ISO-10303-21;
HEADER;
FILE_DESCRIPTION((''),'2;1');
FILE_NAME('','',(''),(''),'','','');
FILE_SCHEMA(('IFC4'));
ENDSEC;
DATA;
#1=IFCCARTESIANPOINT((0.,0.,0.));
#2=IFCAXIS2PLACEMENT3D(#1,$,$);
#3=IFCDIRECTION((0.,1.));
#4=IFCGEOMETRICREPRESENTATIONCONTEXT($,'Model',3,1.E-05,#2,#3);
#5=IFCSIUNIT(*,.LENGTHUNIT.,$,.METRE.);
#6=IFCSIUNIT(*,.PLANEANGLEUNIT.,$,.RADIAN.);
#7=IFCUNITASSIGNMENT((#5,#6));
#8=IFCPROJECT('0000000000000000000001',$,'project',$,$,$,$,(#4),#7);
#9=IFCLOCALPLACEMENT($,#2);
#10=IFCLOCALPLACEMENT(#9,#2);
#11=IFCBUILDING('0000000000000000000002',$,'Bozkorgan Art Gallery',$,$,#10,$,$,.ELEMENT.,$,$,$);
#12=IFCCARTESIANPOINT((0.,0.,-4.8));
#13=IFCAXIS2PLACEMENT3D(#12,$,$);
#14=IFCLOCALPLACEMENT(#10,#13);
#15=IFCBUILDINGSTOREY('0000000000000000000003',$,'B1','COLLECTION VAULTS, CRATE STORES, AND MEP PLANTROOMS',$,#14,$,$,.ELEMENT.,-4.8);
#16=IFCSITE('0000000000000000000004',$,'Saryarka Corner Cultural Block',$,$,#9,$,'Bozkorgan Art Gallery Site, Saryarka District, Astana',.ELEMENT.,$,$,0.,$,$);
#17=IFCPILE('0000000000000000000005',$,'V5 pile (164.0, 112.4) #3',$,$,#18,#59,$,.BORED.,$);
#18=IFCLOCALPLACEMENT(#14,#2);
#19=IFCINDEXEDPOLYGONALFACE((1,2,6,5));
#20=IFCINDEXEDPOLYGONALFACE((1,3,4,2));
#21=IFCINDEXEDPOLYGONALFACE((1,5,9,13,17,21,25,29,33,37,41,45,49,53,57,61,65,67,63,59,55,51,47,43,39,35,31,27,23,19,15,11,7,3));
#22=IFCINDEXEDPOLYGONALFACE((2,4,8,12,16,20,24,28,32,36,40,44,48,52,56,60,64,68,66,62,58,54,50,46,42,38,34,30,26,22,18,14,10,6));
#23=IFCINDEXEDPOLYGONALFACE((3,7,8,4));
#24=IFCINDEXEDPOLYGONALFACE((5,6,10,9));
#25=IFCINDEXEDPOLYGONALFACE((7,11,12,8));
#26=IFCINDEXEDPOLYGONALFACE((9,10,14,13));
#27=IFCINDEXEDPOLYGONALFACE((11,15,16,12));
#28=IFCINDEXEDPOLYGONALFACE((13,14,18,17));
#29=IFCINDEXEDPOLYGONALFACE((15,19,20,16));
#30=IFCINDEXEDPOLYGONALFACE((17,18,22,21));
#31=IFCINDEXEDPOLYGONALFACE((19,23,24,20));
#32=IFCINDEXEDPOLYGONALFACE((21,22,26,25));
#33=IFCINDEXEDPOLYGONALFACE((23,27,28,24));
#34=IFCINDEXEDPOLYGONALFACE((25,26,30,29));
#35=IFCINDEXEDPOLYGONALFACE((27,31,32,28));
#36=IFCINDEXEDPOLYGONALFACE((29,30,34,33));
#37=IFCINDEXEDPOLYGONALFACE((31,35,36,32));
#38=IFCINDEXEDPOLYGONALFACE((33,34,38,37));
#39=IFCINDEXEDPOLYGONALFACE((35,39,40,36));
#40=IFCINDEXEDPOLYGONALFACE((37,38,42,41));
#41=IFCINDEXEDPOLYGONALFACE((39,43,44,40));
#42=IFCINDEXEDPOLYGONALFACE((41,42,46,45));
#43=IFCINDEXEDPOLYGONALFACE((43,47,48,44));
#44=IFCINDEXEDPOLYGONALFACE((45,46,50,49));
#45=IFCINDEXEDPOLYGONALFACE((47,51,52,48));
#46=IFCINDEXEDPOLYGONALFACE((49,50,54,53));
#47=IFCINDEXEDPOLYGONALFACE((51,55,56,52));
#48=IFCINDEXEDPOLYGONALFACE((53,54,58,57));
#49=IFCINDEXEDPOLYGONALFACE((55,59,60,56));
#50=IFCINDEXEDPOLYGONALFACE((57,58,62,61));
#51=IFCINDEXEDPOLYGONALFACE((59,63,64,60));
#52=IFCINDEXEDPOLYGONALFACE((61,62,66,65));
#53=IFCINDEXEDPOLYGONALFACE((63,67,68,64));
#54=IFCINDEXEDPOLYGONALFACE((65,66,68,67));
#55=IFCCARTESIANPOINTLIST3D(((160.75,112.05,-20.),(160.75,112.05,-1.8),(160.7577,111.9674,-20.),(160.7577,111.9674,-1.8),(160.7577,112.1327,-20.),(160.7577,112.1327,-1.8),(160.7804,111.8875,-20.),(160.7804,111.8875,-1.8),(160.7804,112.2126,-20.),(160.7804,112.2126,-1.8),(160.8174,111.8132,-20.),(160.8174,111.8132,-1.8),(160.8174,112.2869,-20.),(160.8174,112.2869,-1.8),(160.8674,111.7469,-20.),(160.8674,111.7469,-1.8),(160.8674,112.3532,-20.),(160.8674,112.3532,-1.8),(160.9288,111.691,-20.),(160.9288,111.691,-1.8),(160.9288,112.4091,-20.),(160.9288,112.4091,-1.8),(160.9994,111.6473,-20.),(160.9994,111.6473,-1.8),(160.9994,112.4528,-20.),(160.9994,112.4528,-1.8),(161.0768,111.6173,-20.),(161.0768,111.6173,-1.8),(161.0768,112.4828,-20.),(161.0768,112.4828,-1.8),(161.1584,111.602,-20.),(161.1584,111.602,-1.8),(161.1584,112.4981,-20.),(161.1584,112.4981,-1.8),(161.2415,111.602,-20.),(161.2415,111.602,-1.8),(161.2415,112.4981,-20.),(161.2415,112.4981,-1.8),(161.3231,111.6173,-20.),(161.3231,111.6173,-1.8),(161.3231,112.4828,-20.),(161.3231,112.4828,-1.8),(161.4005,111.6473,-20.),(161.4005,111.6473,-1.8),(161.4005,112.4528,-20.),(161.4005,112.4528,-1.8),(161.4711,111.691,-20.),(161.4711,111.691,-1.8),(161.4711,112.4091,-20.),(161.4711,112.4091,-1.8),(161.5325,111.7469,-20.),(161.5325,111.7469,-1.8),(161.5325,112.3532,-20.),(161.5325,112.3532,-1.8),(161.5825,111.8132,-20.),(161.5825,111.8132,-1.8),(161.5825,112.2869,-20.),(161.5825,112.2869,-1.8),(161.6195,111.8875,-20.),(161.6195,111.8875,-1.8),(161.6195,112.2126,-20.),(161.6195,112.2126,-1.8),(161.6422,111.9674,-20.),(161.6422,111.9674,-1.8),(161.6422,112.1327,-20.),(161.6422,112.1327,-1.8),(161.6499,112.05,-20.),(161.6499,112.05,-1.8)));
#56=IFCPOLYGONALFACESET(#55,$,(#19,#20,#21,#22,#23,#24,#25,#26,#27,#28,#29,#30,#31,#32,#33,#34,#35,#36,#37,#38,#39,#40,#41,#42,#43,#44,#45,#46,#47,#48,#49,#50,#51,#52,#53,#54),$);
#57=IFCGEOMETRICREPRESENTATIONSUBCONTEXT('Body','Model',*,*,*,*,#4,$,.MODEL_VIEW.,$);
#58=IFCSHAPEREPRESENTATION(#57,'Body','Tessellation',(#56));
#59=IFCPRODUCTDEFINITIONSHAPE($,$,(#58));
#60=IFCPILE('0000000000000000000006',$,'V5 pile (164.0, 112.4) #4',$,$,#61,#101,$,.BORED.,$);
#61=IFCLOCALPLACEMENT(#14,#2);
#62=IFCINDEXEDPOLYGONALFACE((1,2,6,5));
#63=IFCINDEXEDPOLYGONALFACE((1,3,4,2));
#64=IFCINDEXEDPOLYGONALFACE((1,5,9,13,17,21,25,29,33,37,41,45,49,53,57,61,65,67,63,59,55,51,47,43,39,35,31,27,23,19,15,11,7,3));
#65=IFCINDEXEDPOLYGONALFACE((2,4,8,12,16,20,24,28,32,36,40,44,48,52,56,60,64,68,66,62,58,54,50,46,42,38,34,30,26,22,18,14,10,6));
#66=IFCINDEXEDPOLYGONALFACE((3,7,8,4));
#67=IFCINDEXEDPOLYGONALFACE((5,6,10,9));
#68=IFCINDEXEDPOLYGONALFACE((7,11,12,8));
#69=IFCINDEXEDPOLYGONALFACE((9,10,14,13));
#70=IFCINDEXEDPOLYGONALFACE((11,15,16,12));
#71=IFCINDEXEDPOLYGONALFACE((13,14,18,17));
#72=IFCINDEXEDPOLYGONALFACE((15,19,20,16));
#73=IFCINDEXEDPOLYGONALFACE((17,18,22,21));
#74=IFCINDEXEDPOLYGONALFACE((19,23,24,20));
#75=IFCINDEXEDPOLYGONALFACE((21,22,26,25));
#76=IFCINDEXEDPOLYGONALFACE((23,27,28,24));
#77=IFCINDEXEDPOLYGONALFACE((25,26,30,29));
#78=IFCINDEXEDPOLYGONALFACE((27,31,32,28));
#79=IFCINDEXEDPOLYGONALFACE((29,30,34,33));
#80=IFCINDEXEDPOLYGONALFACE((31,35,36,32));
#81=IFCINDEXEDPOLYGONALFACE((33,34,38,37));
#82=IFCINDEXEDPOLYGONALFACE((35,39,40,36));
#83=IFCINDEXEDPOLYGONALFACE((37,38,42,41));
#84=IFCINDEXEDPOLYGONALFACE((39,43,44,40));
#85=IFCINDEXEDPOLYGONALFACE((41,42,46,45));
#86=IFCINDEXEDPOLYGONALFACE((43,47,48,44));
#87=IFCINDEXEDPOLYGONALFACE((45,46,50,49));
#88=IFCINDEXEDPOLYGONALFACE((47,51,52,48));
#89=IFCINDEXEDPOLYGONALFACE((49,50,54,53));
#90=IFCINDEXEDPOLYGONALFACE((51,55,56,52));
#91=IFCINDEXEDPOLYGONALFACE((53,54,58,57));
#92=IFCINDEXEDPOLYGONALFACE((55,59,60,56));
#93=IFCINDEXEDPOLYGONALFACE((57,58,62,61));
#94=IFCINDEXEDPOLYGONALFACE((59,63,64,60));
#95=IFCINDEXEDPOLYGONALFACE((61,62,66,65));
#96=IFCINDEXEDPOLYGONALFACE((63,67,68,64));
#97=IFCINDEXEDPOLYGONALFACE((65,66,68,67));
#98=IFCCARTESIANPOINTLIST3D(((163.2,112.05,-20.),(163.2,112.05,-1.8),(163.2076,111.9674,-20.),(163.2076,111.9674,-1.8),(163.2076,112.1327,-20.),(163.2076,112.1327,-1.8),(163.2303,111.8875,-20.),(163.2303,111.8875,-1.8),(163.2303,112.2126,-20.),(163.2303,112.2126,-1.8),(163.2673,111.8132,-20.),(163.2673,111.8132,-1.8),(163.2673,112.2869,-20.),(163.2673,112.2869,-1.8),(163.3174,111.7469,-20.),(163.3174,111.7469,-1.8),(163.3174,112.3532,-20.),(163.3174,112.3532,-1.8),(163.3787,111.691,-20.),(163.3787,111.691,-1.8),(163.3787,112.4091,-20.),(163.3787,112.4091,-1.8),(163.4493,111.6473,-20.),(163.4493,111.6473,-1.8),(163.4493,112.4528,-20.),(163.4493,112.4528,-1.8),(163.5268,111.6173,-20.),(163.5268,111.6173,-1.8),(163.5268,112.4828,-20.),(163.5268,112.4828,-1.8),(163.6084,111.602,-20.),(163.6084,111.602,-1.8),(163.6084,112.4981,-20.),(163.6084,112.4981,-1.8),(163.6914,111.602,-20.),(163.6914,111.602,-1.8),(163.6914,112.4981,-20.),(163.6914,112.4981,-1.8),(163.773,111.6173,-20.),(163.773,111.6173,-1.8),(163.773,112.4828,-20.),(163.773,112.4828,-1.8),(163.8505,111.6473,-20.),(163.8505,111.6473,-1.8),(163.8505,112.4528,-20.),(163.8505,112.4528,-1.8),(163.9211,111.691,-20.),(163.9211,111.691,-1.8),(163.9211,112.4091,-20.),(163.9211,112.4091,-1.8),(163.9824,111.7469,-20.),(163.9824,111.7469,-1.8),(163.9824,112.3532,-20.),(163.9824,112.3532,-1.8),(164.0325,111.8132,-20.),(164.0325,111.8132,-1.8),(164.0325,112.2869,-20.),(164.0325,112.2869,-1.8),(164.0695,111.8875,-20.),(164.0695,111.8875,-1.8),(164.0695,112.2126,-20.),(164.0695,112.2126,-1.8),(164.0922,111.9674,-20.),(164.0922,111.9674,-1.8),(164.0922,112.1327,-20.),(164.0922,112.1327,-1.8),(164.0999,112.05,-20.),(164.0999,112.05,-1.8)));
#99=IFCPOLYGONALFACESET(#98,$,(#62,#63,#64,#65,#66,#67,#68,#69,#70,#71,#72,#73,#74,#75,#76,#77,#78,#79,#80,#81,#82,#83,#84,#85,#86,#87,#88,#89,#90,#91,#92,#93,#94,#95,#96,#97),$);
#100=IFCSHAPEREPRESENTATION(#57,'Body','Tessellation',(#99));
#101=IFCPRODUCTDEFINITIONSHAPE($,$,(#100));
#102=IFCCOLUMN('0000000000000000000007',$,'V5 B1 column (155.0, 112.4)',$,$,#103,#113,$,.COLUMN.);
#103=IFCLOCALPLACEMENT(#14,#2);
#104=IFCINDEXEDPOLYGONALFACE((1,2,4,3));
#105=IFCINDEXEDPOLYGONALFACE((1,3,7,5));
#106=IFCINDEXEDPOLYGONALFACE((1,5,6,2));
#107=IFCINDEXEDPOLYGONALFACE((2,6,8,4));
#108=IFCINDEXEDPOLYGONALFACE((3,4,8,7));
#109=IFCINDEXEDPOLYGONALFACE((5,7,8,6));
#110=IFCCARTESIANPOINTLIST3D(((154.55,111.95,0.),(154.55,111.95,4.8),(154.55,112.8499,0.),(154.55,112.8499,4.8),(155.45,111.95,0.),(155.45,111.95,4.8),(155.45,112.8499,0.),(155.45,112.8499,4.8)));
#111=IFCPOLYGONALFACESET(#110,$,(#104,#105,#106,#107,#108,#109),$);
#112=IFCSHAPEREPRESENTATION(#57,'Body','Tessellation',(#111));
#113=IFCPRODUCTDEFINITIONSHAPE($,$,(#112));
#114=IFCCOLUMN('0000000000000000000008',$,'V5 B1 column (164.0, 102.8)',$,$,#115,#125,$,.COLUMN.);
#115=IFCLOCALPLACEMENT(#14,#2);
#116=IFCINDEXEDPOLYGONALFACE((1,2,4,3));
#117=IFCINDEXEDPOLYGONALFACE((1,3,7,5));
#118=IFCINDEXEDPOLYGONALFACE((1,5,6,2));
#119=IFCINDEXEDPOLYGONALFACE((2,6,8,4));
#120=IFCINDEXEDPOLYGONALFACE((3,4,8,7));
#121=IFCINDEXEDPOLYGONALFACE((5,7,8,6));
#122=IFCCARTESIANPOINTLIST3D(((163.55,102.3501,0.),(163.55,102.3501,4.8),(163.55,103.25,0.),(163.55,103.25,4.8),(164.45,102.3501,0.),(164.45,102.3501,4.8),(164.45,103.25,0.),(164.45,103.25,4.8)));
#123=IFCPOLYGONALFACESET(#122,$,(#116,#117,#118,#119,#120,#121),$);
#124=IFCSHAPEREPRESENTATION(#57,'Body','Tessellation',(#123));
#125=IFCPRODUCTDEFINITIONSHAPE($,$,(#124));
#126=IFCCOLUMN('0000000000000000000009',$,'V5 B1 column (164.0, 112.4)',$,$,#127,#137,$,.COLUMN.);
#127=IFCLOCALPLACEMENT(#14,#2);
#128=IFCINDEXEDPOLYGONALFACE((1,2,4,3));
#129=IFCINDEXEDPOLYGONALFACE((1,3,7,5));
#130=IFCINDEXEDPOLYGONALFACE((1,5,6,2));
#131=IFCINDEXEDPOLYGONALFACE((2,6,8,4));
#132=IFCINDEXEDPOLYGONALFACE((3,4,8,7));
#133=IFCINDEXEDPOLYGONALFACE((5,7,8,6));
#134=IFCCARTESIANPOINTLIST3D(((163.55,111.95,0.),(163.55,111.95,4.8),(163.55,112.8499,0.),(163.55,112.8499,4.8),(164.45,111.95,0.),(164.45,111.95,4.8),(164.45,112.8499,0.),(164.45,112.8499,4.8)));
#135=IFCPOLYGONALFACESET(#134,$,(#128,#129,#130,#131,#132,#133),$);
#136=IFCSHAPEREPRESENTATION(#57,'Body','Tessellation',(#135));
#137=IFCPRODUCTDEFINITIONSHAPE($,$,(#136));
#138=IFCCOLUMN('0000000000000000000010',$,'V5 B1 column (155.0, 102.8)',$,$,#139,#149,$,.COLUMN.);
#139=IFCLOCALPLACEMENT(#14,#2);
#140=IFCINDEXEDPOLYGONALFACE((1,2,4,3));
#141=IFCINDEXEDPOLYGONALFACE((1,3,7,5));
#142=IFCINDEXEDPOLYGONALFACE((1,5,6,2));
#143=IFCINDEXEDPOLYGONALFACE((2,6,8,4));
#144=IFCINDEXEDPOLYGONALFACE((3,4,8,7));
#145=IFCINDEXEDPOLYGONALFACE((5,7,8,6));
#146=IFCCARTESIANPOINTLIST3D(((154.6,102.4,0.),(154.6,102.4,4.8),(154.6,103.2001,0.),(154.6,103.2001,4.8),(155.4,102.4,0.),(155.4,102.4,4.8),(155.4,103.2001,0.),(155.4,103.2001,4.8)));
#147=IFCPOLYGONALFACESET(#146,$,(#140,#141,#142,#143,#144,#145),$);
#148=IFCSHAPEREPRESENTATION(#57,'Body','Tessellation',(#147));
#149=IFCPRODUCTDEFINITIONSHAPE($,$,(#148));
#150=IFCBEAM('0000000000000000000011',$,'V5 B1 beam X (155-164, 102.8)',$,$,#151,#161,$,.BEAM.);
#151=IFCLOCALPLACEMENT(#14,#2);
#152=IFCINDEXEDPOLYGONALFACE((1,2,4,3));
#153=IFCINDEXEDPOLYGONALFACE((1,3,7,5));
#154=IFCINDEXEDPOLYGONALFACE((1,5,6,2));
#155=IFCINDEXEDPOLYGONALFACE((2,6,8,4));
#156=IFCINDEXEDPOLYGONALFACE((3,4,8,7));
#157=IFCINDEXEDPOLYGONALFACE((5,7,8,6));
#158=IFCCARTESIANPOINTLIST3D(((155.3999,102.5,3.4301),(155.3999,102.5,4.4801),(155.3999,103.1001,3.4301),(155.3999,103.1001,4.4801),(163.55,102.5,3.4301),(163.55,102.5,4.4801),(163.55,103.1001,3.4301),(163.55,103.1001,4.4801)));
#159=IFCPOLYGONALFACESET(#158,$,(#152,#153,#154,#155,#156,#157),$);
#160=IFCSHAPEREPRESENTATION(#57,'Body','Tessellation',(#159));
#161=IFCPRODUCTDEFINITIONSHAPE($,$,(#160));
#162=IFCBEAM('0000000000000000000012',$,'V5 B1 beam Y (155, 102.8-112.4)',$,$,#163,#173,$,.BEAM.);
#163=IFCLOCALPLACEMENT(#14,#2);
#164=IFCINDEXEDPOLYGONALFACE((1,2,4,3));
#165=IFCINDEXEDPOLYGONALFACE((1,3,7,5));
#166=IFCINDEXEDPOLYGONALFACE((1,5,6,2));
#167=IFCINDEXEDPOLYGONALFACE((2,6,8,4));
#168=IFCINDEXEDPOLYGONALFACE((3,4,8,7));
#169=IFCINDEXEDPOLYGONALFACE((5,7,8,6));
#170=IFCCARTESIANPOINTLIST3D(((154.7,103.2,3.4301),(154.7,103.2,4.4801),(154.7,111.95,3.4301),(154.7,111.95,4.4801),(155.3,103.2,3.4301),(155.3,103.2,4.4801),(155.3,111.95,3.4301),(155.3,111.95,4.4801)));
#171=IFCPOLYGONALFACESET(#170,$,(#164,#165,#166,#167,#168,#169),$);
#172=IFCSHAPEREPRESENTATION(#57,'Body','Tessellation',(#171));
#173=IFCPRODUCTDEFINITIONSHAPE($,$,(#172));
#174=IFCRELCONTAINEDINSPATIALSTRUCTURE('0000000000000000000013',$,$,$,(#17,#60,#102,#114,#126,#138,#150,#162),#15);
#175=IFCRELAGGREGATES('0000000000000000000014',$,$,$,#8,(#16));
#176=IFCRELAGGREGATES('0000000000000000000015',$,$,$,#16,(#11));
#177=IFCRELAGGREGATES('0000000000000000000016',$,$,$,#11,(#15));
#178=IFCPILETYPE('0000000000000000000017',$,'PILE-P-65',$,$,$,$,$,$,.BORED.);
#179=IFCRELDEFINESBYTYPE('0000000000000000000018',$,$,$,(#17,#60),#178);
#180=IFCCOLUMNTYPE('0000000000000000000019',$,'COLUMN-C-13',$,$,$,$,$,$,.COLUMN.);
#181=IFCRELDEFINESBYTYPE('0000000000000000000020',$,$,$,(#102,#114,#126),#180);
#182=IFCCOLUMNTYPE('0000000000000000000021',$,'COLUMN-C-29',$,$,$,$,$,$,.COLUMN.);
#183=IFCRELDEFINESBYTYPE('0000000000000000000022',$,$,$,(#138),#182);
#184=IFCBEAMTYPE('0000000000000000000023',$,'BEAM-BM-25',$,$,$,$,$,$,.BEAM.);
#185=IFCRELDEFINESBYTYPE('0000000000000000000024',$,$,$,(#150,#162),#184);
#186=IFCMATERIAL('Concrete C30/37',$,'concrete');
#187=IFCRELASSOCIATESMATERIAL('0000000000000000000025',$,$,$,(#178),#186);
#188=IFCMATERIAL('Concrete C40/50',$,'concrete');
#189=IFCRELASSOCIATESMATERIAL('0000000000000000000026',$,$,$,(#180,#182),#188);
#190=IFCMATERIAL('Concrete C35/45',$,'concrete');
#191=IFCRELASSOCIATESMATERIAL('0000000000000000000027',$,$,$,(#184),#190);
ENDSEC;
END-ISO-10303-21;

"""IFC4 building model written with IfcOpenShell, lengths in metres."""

from ifc_helpers import new_model, si_unit, direction, frame, origin, origin_2d, place, context, subcontext, project, spatial, rectangle, circle, extrude, material, material_profile, profile_set, type_object, element, save


model = new_model("IFC4")

# Units and contexts
model_context = context("Model", 3, precision=1e-05, world=origin(), true_north=direction((0.0, 1.0)))
body_context = subcontext(model_context, "Body", "Model", "MODEL_VIEW")
ifc_project = project(units=[si_unit("LENGTHUNIT", "METRE"), si_unit("PLANEANGLEUNIT", "RADIAN")], contexts=[model_context])

# Site, building, storey
site_placement = place(None, origin())
site = spatial("IfcSite", under=ifc_project, at=site_placement, Name="Saryarka Corner Cultural Block", LongName="Bozkorgan Art Gallery Site, Saryarka District, Astana", CompositionType="ELEMENT", RefElevation=0.0)
building_placement = place(site_placement, origin())
building = spatial("IfcBuilding", under=site, at=building_placement, Name="Bozkorgan Art Gallery", CompositionType="ELEMENT")
storey_placement = place(building_placement, frame((0.0, 0.0, -4.8)))
storey = spatial("IfcBuildingStorey", under=building, at=storey_placement, Name="B1", Description="COLLECTION VAULTS, CRATE STORES, AND MEP PLANTROOMS", CompositionType="ELEMENT", Elevation=-4.8)

# Shared definitions
ifc_material_1 = material(Name="Concrete C30/37", Category="concrete")

# Piles
ifc_material_profile_1 = material_profile(ifc_material_1, circle(Radius=0.45, at=origin_2d()), Name="PILE D900")
ifc_profile_set_1 = profile_set([ifc_material_profile_1], Name="Concrete C30/37")
pile_type = type_object("IfcPileType", Name="PILE-P-65", PredefinedType="BORED", material=ifc_profile_set_1)
for number, where, z_axis, x_axis, name in (
    (1, (161.2, 112.05, -1.8), (0.0, 0.0, -1.0), (1.0, 0.0, 0.0), "V5 pile (164.0, 112.4) #3"),
    (2, (163.6499, 112.05, -1.8), (0.0, 0.0, -1.0), (1.0, 0.0, 0.0), "V5 pile (164.0, 112.4) #4"),
):
    element("IfcPile", number, at=place(storey_placement, frame(where, z_axis=z_axis, x_axis=x_axis)), inside=storey, type_object=pile_type, Name=name, PredefinedType="BORED", context=body_context, shape_type="SweptSolid", body=[
        extrude(circle(Radius=0.45, at=origin_2d()), origin(), (0.0, 0.0, 1.0), 18.2),
    ])

# Columns
ifc_material_2 = material(Name="Concrete C40/50", Category="concrete")
ifc_material_profile_2 = material_profile(ifc_material_2, rectangle(XDim=0.8999, YDim=0.8999, at=origin_2d()), Name="RC 900x900")
ifc_profile_set_2 = profile_set([ifc_material_profile_2], Name="Concrete C40/50")
column_type_1 = type_object("IfcColumnType", Name="COLUMN-C-13", PredefinedType="COLUMN", material=ifc_profile_set_2)
for number, where, z_axis, x_axis, name in (
    (3, (155.0, 112.3999, 0.0), (0.0, 0.0, 1.0), (1.0, 0.0, 0.0), "V5 B1 column (155.0, 112.4)"),
    (4, (164.0, 102.8, 0.0), (0.0, 0.0, 1.0), (1.0, 0.0, 0.0), "V5 B1 column (164.0, 102.8)"),
    (5, (164.0, 112.3999, 0.0), (0.0, 0.0, 1.0), (1.0, 0.0, 0.0), "V5 B1 column (164.0, 112.4)"),
):
    element("IfcColumn", number, at=place(storey_placement, frame(where, z_axis=z_axis, x_axis=x_axis)), inside=storey, type_object=column_type_1, Name=name, PredefinedType="COLUMN", context=body_context, shape_type="SweptSolid", body=[
        extrude(rectangle(XDim=0.8999, YDim=0.8999, at=origin_2d()), origin(), (0.0, 0.0, 1.0), 4.8),
    ])
ifc_material_profile_3 = material_profile(ifc_material_2, rectangle(XDim=0.8, YDim=0.8, at=origin_2d()), Name="RC 800x800")
ifc_profile_set_3 = profile_set([ifc_material_profile_3], Name="Concrete C40/50")
column_type_2 = type_object("IfcColumnType", Name="COLUMN-C-29", PredefinedType="COLUMN", material=ifc_profile_set_3)
column_placement = place(storey_placement, frame((155.0, 102.8, 0.0), z_axis=(0.0, 0.0, 1.0), x_axis=(1.0, 0.0, 0.0)))
element("IfcColumn", 6, at=column_placement, inside=storey, type_object=column_type_2, Name="V5 B1 column (155.0, 102.8)", PredefinedType="COLUMN", context=body_context, shape_type="SweptSolid", body=[
    extrude(rectangle(XDim=0.8, YDim=0.8, at=origin_2d()), origin(), (0.0, 0.0, 1.0), 4.8),
])

# Beams
ifc_material_3 = material(Name="Concrete C35/45", Category="concrete")
ifc_material_profile_4 = material_profile(ifc_material_3, rectangle(XDim=0.6001, YDim=1.05, at=origin_2d()), Name="RC 600x1050")
ifc_profile_set_4 = profile_set([ifc_material_profile_4], Name="Concrete C35/45")
beam_type_1 = type_object("IfcBeamType", Name="BEAM-BM-25", PredefinedType="BEAM", material=ifc_profile_set_4)
beam_1_placement = place(storey_placement, frame((155.3999, 102.8, 3.9551), z_axis=(1.0, 0.0, 0.0), x_axis=(0.0, 1.0, 0.0)))
element("IfcBeam", 7, at=beam_1_placement, inside=storey, type_object=beam_type_1, Name="V5 B1 beam X (155-164, 102.8)", PredefinedType="BEAM", context=body_context, shape_type="SweptSolid", body=[
    extrude(rectangle(XDim=0.6001, YDim=1.05, at=origin_2d()), origin(), (0.0, 0.0, 1.0), 8.1501),
])
beam_2_placement = place(storey_placement, frame((155.0, 103.2, 3.9551), z_axis=(0.0, 1.0, 0.0), x_axis=(-1.0, 0.0, 0.0)))
element("IfcBeam", 8, at=beam_2_placement, inside=storey, type_object=beam_type_1, Name="V5 B1 beam Y (155, 102.8-112.4)", PredefinedType="BEAM", context=body_context, shape_type="SweptSolid", body=[
    extrude(rectangle(XDim=0.6001, YDim=1.05, at=origin_2d()), origin(), (0.0, 0.0, 1.0), 8.75),
])

save(model, "model.ifc")
